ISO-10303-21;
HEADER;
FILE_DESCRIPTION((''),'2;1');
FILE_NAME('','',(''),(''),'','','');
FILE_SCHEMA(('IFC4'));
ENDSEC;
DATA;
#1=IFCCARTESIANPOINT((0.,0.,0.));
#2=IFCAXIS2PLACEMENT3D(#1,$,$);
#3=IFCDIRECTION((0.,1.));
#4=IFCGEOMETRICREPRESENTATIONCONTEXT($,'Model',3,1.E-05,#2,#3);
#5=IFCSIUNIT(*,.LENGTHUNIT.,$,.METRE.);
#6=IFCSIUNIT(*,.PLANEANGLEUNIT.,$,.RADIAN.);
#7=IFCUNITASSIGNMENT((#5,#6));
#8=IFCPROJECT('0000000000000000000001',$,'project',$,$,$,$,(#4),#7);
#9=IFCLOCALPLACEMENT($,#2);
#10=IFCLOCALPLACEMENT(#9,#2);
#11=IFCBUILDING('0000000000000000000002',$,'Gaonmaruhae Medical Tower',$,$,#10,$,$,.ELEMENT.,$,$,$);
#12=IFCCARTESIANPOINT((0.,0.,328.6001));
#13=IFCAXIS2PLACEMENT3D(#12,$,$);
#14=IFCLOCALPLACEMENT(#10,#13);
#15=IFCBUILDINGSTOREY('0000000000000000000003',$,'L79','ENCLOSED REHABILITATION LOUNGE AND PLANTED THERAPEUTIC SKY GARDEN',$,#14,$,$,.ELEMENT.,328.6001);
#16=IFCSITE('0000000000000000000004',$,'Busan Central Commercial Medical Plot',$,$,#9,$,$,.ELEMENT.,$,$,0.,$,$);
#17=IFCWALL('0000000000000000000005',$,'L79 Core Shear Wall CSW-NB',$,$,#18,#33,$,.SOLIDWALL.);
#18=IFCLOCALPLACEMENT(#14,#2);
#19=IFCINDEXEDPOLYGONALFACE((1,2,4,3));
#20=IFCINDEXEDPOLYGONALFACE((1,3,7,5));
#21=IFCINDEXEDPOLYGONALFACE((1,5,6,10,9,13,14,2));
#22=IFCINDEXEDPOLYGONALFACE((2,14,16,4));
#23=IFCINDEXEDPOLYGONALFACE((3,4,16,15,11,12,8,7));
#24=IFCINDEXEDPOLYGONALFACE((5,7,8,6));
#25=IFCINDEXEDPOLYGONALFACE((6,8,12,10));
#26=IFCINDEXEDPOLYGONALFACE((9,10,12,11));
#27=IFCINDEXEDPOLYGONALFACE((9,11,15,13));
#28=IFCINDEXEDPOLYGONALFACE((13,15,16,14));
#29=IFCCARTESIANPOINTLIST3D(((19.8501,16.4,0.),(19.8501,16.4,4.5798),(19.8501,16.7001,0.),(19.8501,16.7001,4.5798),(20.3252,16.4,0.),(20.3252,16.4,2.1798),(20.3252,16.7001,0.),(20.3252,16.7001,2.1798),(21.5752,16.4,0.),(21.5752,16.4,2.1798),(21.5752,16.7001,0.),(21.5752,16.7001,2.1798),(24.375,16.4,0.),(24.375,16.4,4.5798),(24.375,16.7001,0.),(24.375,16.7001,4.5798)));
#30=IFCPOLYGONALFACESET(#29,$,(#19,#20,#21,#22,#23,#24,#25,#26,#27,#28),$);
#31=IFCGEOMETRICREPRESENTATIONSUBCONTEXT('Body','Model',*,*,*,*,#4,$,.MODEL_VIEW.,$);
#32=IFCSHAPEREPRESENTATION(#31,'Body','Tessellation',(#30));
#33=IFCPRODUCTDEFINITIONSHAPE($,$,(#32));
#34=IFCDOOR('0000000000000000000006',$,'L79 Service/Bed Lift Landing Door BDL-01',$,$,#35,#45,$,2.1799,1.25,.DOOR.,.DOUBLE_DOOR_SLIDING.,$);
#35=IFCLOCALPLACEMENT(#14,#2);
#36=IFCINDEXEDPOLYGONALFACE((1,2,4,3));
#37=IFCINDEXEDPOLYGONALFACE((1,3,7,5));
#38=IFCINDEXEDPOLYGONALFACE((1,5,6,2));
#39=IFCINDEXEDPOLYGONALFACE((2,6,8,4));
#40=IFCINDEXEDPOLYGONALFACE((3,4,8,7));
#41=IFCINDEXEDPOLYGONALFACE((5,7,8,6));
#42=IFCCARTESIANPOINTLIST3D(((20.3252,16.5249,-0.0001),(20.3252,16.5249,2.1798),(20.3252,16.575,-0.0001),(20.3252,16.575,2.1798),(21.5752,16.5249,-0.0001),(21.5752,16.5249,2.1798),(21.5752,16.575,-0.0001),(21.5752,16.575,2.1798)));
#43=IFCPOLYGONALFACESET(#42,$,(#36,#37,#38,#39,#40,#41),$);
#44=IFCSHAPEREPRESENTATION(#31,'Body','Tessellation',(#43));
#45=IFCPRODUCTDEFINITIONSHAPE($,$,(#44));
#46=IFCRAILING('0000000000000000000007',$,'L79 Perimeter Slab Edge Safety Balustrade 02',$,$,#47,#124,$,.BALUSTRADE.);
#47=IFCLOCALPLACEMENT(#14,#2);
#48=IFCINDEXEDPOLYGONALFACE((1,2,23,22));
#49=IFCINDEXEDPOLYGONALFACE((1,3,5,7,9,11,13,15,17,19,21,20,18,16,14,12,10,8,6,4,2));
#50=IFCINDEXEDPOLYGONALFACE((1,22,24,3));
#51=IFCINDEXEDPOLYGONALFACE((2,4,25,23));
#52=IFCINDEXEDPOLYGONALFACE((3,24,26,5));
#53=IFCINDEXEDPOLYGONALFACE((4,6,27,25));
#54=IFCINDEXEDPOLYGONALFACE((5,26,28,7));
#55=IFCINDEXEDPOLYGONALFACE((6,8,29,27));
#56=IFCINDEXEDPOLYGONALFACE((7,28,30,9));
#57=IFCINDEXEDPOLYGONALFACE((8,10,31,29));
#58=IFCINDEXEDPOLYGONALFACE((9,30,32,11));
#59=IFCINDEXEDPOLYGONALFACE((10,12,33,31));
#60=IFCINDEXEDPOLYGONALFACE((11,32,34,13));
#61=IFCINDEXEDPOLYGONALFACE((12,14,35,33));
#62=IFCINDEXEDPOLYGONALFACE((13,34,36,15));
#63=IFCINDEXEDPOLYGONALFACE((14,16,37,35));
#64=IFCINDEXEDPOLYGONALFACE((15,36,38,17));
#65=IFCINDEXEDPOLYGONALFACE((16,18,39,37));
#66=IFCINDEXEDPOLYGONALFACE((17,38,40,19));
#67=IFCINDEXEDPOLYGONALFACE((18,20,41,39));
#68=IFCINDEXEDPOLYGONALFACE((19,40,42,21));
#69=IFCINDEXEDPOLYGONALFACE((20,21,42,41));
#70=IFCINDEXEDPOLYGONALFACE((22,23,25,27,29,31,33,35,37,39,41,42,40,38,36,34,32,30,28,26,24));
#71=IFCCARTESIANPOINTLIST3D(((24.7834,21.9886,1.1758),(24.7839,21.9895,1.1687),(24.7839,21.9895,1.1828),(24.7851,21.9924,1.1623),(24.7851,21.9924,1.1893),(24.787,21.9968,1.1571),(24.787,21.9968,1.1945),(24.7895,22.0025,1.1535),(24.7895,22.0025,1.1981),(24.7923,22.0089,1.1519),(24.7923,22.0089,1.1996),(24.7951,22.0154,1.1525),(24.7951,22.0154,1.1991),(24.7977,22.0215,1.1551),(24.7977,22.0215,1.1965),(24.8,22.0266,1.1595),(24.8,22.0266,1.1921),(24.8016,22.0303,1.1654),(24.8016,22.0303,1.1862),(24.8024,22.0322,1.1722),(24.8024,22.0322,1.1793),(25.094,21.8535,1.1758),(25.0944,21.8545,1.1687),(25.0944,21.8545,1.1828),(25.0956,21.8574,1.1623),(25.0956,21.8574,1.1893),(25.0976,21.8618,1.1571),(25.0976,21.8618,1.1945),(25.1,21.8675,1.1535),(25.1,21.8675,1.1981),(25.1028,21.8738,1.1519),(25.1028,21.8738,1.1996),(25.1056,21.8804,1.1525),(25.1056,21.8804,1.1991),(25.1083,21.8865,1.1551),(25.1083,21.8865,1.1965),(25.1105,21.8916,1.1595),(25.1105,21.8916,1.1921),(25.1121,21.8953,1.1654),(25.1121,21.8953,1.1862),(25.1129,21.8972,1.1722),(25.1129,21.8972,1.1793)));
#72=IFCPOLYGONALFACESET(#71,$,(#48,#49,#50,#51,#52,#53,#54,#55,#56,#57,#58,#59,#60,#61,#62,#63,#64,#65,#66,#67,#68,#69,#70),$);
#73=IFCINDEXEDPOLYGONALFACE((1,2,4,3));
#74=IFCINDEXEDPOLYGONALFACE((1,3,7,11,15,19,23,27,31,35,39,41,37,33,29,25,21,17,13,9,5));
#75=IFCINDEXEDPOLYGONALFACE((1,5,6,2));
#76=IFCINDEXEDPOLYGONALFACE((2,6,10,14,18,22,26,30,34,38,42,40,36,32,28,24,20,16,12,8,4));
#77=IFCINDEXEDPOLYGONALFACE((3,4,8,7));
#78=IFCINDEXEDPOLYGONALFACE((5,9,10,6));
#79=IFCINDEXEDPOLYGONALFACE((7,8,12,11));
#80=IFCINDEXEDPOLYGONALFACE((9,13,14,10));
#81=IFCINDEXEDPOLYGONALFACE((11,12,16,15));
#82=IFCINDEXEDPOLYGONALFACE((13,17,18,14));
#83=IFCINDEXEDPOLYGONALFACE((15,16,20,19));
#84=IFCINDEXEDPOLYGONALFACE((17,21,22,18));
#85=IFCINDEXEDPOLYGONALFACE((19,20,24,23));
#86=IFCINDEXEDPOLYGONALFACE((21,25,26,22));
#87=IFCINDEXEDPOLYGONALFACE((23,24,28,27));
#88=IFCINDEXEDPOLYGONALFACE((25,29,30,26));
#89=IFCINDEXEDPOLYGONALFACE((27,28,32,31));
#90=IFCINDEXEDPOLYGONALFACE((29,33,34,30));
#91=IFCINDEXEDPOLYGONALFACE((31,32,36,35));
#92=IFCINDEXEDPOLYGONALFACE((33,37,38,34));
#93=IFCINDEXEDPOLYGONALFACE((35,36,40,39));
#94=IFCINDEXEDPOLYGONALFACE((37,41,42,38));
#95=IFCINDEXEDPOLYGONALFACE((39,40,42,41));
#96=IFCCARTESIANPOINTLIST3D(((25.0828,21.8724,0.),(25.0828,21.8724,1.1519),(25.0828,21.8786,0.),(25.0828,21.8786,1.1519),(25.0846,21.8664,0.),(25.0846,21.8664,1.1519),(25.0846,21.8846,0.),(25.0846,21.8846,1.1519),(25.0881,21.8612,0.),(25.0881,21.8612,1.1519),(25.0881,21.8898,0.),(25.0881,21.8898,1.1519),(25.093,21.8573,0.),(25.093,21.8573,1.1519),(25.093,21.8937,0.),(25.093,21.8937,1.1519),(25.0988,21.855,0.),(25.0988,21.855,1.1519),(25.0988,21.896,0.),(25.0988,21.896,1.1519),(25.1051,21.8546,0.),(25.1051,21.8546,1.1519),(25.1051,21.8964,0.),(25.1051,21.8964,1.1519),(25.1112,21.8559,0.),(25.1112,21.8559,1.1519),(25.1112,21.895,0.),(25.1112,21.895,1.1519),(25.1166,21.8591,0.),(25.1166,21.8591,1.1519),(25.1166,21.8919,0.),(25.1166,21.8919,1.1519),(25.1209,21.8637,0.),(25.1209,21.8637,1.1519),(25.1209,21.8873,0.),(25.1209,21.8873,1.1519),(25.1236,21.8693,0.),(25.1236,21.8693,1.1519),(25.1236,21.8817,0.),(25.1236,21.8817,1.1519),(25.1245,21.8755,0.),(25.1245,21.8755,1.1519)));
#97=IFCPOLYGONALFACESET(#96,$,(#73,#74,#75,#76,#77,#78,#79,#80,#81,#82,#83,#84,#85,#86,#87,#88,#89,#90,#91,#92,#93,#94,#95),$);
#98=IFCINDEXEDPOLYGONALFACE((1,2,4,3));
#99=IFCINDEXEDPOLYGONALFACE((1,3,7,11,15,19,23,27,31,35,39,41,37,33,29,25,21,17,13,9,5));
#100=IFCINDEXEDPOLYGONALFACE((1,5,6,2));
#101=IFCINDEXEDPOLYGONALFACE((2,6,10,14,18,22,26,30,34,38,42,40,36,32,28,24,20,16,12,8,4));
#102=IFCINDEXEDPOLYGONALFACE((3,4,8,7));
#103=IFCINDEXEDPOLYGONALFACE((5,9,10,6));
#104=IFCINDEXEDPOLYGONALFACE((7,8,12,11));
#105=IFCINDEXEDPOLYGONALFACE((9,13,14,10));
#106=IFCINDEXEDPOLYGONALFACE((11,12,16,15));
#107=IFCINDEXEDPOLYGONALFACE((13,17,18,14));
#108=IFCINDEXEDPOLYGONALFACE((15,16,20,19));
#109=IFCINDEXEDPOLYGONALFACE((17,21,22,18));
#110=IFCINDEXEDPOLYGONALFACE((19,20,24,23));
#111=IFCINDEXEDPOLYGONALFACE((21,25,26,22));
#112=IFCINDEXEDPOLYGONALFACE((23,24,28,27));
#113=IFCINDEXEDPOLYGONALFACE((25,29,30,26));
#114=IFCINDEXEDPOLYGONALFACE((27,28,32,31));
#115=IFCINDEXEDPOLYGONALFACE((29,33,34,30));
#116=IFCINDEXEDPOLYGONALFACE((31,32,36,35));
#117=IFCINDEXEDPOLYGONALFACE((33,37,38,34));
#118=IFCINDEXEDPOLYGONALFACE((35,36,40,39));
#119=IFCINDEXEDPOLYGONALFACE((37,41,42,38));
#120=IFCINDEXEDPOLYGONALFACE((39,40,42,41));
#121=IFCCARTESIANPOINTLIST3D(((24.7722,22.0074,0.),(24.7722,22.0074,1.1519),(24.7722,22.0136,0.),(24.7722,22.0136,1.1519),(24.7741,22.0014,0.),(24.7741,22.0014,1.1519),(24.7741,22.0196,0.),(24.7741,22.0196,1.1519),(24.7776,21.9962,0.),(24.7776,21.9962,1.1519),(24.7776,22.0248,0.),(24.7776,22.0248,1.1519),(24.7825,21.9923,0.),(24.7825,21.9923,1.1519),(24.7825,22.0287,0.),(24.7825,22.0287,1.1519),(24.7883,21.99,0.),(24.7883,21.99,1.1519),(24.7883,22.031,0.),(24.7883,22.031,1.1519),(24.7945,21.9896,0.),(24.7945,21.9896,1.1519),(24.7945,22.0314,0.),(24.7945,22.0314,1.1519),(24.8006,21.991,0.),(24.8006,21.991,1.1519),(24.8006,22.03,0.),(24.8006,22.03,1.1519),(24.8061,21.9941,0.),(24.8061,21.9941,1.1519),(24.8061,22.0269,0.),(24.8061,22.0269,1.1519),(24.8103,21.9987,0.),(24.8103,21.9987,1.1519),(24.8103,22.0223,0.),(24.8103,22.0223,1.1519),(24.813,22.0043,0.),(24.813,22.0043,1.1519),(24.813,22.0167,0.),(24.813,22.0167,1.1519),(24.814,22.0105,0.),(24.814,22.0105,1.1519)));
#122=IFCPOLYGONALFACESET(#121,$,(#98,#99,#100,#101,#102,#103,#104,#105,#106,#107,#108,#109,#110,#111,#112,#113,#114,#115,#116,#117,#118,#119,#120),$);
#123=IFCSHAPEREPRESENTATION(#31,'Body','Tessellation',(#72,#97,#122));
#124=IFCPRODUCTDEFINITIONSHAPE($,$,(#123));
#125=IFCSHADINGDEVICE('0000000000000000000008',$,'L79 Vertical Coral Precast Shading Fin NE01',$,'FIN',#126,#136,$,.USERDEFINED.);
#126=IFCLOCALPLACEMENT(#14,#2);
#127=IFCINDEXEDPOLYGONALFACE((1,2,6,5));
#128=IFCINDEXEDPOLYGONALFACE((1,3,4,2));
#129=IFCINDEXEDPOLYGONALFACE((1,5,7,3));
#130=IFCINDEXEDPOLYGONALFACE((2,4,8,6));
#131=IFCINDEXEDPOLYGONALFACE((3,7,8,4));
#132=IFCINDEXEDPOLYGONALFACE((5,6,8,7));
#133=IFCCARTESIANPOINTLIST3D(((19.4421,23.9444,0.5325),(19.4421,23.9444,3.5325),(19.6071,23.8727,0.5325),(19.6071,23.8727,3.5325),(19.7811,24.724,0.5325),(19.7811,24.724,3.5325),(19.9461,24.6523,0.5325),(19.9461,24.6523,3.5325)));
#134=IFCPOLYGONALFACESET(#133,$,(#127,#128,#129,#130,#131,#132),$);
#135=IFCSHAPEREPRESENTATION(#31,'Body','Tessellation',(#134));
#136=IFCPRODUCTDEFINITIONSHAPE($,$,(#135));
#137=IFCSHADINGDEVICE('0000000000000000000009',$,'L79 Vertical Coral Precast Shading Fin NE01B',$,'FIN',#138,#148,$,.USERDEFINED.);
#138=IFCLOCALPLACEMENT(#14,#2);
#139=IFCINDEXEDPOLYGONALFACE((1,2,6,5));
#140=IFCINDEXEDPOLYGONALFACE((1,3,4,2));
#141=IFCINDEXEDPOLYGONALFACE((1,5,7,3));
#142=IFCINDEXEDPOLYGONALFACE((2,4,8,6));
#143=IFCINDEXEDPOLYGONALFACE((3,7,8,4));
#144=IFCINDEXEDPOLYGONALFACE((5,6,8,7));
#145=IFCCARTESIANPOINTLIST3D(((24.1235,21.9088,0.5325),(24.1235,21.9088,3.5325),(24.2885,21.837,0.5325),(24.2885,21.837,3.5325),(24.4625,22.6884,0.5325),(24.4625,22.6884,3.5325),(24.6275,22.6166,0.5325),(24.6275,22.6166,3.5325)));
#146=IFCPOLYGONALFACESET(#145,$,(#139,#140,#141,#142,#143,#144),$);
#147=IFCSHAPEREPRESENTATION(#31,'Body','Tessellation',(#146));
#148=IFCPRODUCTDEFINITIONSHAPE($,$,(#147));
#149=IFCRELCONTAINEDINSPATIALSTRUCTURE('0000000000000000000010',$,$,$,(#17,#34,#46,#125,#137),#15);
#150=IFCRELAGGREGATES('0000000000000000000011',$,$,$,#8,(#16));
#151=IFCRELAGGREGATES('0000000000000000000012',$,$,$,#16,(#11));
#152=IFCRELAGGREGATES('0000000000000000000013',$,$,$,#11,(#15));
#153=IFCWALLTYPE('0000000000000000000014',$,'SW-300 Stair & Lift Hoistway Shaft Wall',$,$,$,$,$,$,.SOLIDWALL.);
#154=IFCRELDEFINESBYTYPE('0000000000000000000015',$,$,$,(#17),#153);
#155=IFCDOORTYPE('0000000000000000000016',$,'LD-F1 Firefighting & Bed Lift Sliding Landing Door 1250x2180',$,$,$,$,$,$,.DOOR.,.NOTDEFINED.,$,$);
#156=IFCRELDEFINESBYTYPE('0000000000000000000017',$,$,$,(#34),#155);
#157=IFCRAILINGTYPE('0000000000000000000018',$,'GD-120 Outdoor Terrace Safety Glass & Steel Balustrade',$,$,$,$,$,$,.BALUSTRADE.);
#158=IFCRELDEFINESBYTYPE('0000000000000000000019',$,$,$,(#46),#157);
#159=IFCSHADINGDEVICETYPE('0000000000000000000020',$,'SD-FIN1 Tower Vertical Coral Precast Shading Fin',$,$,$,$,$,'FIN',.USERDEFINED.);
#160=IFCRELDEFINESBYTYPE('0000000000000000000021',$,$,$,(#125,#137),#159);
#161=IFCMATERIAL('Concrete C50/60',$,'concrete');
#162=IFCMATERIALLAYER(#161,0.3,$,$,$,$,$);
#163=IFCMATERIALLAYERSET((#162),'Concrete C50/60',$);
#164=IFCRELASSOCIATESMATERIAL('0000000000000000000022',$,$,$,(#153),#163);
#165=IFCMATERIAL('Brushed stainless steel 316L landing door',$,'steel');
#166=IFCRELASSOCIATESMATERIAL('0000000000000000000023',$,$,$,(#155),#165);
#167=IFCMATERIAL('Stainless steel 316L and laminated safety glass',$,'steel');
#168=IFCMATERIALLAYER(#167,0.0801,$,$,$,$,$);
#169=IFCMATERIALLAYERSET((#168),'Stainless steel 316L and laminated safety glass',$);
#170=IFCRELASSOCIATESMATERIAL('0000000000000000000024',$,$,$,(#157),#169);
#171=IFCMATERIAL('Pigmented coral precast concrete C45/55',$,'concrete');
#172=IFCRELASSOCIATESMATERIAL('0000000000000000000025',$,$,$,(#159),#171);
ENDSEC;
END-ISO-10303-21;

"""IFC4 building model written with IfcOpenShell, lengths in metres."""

from ifc_helpers import new_model, si_unit, direction, frame, frame_2d, origin, origin_2d, place, context, subcontext, project, spatial, rectangle, circle, extrude, material, layer, layer_set, type_object, element, fill, save


model = new_model("IFC4")

# Units and contexts
model_context = context("Model", 3, precision=1e-05, world=origin(), true_north=direction((0.0, 1.0)))
body_context = subcontext(model_context, "Body", "Model", "MODEL_VIEW")
ifc_project = project(units=[si_unit("LENGTHUNIT", "METRE"), si_unit("PLANEANGLEUNIT", "RADIAN")], contexts=[model_context])

# Site, building, storey
site_placement = place(None, origin())
site = spatial("IfcSite", under=ifc_project, at=site_placement, Name="Busan Central Commercial Medical Plot", CompositionType="ELEMENT", RefElevation=0.0)
building_placement = place(site_placement, origin())
building = spatial("IfcBuilding", under=site, at=building_placement, Name="Gaonmaruhae Medical Tower", CompositionType="ELEMENT")
storey_placement = place(building_placement, frame((0.0, 0.0, 328.6001)))
storey = spatial("IfcBuildingStorey", under=building, at=storey_placement, Name="L79", Description="ENCLOSED REHABILITATION LOUNGE AND PLANTED THERAPEUTIC SKY GARDEN", CompositionType="ELEMENT", Elevation=328.6001)

# Shared definitions
ifc_material_1 = material(Name="Concrete C50/60", Category="concrete")

# Wall, opening, door
ifc_layer_1 = layer(ifc_material_1, 0.3)
ifc_layer_set_1 = layer_set([ifc_layer_1], Name="Concrete C50/60")
wall_type_1 = type_object("IfcWallType", Name="SW-300 Stair & Lift Hoistway Shaft Wall", PredefinedType="SOLIDWALL", material=ifc_layer_set_1)
wall_1_placement = place(storey_placement, frame((19.8501, 16.55, 0.0), z_axis=(0.0, 0.0, 1.0), x_axis=(1.0, 0.0, 0.0)))
wall_1 = element("IfcWall", 1, at=wall_1_placement, inside=storey, type_object=wall_type_1, Name="L79 Core Shear Wall CSW-NB", PredefinedType="SOLIDWALL", context=body_context, shape_type="SweptSolid", body=[
    extrude(rectangle(XDim=4.5249, YDim=0.3, at=frame_2d((2.2625, 0.0))), origin(), (0.0, 0.0, 1.0), 4.5798),
])
opening_1_placement = place(wall_1_placement, frame((0.4751, 0.0, 0.0)))
opening_1 = element("IfcOpeningElement", 2, at=opening_1_placement, cuts=wall_1, PredefinedType="OPENING", context=body_context, shape_type="SweptSolid", body=[
    extrude(rectangle(XDim=1.25, YDim=2.1799, at=frame_2d((0.625, 1.0898))), frame((0.0, 0.1602, 0.0), z_axis=(0.0, -1.0, 0.0), x_axis=(1.0, 0.0, 0.0)), (0.0, 0.0, 1.0), 0.3201),
])
ifc_material_2 = material(Name="Brushed stainless steel 316L landing door", Category="steel")
door_type_1 = type_object("IfcDoorType", Name="LD-F1 Firefighting & Bed Lift Sliding Landing Door 1250x2180", OperationType="NOTDEFINED", PredefinedType="DOOR", material=ifc_material_2)
door_1_placement = place(opening_1_placement, origin())
door_1 = element("IfcDoor", 3, at=door_1_placement, inside=storey, type_object=door_type_1, Name="L79 Service/Bed Lift Landing Door BDL-01", OperationType="DOUBLE_DOOR_SLIDING", OverallHeight=2.1799, OverallWidth=1.25, PredefinedType="DOOR", context=body_context, shape_type="SweptSolid", body=[
    extrude(rectangle(XDim=1.25, YDim=2.1799, at=frame_2d((0.625, 1.0898))), frame((0.0, 0.0249, 0.0), z_axis=(0.0, -1.0, 0.0), x_axis=(1.0, 0.0, 0.0)), (0.0, 0.0, 1.0), 0.05),
])
fill(opening_1, door_1)

# Railing
ifc_material_3 = material(Name="Stainless steel 316L and laminated safety glass", Category="steel")
ifc_layer_2 = layer(ifc_material_3, 0.0801)
ifc_layer_set_2 = layer_set([ifc_layer_2], Name="Stainless steel 316L and laminated safety glass")
railing_type_1 = type_object("IfcRailingType", Name="GD-120 Outdoor Terrace Safety Glass & Steel Balustrade", PredefinedType="BALUSTRADE", material=ifc_layer_set_2)
railing_1_placement = place(storey_placement, frame((25.1035, 21.8755, 0.0)))
element("IfcRailing", 4, at=railing_1_placement, inside=storey, type_object=railing_type_1, Name="L79 Perimeter Slab Edge Safety Balustrade 02", PredefinedType="BALUSTRADE", context=body_context, shape_type="SweptSolid", body=[
    extrude(circle(Radius=0.0239, at=origin_2d()), frame((0.0, 0.0, 1.1758), z_axis=(-0.917082, 0.3987, 0.0), x_axis=(-0.3987, -0.917082, 0.0)), (0.0, 0.0, 1.0), 0.3386),
    extrude(circle(Radius=0.021, at=origin_2d()), origin(), (0.0, 0.0, 1.0), 1.1519),
    extrude(circle(Radius=0.021, at=origin_2d()), frame((-0.3105, 0.135, 0.0)), (0.0, 0.0, 1.0), 1.1519),
])

# Shading devices
ifc_material_4 = material(Name="Pigmented coral precast concrete C45/55", Category="concrete")
shading_device_type = type_object("IfcShadingDeviceType", Name="SD-FIN1 Tower Vertical Coral Precast Shading Fin", ElementType="FIN", PredefinedType="USERDEFINED", material=ifc_material_4)
for number, where, z_axis, x_axis, name in (
    (5, (19.6941, 24.2983, 0.5325), (0.0, 0.0, 1.0), (0.91706, -0.398749, 0.0), "L79 Vertical Coral Precast Shading Fin NE01"),
    (6, (24.3755, 22.2627, 0.5325), (0.0, 0.0, 1.0), (0.91706, -0.398749, 0.0), "L79 Vertical Coral Precast Shading Fin NE01B"),
):
    element("IfcShadingDevice", number, at=place(storey_placement, frame(where, z_axis=z_axis, x_axis=x_axis)), inside=storey, type_object=shading_device_type, Name=name, ObjectType="FIN", PredefinedType="USERDEFINED", context=body_context, shape_type="SweptSolid", body=[
        extrude(rectangle(XDim=0.1799, YDim=0.8501, at=origin_2d()), origin(), (0.0, 0.0, 1.0), 3.0),
    ])

save(model, "model.ifc")
